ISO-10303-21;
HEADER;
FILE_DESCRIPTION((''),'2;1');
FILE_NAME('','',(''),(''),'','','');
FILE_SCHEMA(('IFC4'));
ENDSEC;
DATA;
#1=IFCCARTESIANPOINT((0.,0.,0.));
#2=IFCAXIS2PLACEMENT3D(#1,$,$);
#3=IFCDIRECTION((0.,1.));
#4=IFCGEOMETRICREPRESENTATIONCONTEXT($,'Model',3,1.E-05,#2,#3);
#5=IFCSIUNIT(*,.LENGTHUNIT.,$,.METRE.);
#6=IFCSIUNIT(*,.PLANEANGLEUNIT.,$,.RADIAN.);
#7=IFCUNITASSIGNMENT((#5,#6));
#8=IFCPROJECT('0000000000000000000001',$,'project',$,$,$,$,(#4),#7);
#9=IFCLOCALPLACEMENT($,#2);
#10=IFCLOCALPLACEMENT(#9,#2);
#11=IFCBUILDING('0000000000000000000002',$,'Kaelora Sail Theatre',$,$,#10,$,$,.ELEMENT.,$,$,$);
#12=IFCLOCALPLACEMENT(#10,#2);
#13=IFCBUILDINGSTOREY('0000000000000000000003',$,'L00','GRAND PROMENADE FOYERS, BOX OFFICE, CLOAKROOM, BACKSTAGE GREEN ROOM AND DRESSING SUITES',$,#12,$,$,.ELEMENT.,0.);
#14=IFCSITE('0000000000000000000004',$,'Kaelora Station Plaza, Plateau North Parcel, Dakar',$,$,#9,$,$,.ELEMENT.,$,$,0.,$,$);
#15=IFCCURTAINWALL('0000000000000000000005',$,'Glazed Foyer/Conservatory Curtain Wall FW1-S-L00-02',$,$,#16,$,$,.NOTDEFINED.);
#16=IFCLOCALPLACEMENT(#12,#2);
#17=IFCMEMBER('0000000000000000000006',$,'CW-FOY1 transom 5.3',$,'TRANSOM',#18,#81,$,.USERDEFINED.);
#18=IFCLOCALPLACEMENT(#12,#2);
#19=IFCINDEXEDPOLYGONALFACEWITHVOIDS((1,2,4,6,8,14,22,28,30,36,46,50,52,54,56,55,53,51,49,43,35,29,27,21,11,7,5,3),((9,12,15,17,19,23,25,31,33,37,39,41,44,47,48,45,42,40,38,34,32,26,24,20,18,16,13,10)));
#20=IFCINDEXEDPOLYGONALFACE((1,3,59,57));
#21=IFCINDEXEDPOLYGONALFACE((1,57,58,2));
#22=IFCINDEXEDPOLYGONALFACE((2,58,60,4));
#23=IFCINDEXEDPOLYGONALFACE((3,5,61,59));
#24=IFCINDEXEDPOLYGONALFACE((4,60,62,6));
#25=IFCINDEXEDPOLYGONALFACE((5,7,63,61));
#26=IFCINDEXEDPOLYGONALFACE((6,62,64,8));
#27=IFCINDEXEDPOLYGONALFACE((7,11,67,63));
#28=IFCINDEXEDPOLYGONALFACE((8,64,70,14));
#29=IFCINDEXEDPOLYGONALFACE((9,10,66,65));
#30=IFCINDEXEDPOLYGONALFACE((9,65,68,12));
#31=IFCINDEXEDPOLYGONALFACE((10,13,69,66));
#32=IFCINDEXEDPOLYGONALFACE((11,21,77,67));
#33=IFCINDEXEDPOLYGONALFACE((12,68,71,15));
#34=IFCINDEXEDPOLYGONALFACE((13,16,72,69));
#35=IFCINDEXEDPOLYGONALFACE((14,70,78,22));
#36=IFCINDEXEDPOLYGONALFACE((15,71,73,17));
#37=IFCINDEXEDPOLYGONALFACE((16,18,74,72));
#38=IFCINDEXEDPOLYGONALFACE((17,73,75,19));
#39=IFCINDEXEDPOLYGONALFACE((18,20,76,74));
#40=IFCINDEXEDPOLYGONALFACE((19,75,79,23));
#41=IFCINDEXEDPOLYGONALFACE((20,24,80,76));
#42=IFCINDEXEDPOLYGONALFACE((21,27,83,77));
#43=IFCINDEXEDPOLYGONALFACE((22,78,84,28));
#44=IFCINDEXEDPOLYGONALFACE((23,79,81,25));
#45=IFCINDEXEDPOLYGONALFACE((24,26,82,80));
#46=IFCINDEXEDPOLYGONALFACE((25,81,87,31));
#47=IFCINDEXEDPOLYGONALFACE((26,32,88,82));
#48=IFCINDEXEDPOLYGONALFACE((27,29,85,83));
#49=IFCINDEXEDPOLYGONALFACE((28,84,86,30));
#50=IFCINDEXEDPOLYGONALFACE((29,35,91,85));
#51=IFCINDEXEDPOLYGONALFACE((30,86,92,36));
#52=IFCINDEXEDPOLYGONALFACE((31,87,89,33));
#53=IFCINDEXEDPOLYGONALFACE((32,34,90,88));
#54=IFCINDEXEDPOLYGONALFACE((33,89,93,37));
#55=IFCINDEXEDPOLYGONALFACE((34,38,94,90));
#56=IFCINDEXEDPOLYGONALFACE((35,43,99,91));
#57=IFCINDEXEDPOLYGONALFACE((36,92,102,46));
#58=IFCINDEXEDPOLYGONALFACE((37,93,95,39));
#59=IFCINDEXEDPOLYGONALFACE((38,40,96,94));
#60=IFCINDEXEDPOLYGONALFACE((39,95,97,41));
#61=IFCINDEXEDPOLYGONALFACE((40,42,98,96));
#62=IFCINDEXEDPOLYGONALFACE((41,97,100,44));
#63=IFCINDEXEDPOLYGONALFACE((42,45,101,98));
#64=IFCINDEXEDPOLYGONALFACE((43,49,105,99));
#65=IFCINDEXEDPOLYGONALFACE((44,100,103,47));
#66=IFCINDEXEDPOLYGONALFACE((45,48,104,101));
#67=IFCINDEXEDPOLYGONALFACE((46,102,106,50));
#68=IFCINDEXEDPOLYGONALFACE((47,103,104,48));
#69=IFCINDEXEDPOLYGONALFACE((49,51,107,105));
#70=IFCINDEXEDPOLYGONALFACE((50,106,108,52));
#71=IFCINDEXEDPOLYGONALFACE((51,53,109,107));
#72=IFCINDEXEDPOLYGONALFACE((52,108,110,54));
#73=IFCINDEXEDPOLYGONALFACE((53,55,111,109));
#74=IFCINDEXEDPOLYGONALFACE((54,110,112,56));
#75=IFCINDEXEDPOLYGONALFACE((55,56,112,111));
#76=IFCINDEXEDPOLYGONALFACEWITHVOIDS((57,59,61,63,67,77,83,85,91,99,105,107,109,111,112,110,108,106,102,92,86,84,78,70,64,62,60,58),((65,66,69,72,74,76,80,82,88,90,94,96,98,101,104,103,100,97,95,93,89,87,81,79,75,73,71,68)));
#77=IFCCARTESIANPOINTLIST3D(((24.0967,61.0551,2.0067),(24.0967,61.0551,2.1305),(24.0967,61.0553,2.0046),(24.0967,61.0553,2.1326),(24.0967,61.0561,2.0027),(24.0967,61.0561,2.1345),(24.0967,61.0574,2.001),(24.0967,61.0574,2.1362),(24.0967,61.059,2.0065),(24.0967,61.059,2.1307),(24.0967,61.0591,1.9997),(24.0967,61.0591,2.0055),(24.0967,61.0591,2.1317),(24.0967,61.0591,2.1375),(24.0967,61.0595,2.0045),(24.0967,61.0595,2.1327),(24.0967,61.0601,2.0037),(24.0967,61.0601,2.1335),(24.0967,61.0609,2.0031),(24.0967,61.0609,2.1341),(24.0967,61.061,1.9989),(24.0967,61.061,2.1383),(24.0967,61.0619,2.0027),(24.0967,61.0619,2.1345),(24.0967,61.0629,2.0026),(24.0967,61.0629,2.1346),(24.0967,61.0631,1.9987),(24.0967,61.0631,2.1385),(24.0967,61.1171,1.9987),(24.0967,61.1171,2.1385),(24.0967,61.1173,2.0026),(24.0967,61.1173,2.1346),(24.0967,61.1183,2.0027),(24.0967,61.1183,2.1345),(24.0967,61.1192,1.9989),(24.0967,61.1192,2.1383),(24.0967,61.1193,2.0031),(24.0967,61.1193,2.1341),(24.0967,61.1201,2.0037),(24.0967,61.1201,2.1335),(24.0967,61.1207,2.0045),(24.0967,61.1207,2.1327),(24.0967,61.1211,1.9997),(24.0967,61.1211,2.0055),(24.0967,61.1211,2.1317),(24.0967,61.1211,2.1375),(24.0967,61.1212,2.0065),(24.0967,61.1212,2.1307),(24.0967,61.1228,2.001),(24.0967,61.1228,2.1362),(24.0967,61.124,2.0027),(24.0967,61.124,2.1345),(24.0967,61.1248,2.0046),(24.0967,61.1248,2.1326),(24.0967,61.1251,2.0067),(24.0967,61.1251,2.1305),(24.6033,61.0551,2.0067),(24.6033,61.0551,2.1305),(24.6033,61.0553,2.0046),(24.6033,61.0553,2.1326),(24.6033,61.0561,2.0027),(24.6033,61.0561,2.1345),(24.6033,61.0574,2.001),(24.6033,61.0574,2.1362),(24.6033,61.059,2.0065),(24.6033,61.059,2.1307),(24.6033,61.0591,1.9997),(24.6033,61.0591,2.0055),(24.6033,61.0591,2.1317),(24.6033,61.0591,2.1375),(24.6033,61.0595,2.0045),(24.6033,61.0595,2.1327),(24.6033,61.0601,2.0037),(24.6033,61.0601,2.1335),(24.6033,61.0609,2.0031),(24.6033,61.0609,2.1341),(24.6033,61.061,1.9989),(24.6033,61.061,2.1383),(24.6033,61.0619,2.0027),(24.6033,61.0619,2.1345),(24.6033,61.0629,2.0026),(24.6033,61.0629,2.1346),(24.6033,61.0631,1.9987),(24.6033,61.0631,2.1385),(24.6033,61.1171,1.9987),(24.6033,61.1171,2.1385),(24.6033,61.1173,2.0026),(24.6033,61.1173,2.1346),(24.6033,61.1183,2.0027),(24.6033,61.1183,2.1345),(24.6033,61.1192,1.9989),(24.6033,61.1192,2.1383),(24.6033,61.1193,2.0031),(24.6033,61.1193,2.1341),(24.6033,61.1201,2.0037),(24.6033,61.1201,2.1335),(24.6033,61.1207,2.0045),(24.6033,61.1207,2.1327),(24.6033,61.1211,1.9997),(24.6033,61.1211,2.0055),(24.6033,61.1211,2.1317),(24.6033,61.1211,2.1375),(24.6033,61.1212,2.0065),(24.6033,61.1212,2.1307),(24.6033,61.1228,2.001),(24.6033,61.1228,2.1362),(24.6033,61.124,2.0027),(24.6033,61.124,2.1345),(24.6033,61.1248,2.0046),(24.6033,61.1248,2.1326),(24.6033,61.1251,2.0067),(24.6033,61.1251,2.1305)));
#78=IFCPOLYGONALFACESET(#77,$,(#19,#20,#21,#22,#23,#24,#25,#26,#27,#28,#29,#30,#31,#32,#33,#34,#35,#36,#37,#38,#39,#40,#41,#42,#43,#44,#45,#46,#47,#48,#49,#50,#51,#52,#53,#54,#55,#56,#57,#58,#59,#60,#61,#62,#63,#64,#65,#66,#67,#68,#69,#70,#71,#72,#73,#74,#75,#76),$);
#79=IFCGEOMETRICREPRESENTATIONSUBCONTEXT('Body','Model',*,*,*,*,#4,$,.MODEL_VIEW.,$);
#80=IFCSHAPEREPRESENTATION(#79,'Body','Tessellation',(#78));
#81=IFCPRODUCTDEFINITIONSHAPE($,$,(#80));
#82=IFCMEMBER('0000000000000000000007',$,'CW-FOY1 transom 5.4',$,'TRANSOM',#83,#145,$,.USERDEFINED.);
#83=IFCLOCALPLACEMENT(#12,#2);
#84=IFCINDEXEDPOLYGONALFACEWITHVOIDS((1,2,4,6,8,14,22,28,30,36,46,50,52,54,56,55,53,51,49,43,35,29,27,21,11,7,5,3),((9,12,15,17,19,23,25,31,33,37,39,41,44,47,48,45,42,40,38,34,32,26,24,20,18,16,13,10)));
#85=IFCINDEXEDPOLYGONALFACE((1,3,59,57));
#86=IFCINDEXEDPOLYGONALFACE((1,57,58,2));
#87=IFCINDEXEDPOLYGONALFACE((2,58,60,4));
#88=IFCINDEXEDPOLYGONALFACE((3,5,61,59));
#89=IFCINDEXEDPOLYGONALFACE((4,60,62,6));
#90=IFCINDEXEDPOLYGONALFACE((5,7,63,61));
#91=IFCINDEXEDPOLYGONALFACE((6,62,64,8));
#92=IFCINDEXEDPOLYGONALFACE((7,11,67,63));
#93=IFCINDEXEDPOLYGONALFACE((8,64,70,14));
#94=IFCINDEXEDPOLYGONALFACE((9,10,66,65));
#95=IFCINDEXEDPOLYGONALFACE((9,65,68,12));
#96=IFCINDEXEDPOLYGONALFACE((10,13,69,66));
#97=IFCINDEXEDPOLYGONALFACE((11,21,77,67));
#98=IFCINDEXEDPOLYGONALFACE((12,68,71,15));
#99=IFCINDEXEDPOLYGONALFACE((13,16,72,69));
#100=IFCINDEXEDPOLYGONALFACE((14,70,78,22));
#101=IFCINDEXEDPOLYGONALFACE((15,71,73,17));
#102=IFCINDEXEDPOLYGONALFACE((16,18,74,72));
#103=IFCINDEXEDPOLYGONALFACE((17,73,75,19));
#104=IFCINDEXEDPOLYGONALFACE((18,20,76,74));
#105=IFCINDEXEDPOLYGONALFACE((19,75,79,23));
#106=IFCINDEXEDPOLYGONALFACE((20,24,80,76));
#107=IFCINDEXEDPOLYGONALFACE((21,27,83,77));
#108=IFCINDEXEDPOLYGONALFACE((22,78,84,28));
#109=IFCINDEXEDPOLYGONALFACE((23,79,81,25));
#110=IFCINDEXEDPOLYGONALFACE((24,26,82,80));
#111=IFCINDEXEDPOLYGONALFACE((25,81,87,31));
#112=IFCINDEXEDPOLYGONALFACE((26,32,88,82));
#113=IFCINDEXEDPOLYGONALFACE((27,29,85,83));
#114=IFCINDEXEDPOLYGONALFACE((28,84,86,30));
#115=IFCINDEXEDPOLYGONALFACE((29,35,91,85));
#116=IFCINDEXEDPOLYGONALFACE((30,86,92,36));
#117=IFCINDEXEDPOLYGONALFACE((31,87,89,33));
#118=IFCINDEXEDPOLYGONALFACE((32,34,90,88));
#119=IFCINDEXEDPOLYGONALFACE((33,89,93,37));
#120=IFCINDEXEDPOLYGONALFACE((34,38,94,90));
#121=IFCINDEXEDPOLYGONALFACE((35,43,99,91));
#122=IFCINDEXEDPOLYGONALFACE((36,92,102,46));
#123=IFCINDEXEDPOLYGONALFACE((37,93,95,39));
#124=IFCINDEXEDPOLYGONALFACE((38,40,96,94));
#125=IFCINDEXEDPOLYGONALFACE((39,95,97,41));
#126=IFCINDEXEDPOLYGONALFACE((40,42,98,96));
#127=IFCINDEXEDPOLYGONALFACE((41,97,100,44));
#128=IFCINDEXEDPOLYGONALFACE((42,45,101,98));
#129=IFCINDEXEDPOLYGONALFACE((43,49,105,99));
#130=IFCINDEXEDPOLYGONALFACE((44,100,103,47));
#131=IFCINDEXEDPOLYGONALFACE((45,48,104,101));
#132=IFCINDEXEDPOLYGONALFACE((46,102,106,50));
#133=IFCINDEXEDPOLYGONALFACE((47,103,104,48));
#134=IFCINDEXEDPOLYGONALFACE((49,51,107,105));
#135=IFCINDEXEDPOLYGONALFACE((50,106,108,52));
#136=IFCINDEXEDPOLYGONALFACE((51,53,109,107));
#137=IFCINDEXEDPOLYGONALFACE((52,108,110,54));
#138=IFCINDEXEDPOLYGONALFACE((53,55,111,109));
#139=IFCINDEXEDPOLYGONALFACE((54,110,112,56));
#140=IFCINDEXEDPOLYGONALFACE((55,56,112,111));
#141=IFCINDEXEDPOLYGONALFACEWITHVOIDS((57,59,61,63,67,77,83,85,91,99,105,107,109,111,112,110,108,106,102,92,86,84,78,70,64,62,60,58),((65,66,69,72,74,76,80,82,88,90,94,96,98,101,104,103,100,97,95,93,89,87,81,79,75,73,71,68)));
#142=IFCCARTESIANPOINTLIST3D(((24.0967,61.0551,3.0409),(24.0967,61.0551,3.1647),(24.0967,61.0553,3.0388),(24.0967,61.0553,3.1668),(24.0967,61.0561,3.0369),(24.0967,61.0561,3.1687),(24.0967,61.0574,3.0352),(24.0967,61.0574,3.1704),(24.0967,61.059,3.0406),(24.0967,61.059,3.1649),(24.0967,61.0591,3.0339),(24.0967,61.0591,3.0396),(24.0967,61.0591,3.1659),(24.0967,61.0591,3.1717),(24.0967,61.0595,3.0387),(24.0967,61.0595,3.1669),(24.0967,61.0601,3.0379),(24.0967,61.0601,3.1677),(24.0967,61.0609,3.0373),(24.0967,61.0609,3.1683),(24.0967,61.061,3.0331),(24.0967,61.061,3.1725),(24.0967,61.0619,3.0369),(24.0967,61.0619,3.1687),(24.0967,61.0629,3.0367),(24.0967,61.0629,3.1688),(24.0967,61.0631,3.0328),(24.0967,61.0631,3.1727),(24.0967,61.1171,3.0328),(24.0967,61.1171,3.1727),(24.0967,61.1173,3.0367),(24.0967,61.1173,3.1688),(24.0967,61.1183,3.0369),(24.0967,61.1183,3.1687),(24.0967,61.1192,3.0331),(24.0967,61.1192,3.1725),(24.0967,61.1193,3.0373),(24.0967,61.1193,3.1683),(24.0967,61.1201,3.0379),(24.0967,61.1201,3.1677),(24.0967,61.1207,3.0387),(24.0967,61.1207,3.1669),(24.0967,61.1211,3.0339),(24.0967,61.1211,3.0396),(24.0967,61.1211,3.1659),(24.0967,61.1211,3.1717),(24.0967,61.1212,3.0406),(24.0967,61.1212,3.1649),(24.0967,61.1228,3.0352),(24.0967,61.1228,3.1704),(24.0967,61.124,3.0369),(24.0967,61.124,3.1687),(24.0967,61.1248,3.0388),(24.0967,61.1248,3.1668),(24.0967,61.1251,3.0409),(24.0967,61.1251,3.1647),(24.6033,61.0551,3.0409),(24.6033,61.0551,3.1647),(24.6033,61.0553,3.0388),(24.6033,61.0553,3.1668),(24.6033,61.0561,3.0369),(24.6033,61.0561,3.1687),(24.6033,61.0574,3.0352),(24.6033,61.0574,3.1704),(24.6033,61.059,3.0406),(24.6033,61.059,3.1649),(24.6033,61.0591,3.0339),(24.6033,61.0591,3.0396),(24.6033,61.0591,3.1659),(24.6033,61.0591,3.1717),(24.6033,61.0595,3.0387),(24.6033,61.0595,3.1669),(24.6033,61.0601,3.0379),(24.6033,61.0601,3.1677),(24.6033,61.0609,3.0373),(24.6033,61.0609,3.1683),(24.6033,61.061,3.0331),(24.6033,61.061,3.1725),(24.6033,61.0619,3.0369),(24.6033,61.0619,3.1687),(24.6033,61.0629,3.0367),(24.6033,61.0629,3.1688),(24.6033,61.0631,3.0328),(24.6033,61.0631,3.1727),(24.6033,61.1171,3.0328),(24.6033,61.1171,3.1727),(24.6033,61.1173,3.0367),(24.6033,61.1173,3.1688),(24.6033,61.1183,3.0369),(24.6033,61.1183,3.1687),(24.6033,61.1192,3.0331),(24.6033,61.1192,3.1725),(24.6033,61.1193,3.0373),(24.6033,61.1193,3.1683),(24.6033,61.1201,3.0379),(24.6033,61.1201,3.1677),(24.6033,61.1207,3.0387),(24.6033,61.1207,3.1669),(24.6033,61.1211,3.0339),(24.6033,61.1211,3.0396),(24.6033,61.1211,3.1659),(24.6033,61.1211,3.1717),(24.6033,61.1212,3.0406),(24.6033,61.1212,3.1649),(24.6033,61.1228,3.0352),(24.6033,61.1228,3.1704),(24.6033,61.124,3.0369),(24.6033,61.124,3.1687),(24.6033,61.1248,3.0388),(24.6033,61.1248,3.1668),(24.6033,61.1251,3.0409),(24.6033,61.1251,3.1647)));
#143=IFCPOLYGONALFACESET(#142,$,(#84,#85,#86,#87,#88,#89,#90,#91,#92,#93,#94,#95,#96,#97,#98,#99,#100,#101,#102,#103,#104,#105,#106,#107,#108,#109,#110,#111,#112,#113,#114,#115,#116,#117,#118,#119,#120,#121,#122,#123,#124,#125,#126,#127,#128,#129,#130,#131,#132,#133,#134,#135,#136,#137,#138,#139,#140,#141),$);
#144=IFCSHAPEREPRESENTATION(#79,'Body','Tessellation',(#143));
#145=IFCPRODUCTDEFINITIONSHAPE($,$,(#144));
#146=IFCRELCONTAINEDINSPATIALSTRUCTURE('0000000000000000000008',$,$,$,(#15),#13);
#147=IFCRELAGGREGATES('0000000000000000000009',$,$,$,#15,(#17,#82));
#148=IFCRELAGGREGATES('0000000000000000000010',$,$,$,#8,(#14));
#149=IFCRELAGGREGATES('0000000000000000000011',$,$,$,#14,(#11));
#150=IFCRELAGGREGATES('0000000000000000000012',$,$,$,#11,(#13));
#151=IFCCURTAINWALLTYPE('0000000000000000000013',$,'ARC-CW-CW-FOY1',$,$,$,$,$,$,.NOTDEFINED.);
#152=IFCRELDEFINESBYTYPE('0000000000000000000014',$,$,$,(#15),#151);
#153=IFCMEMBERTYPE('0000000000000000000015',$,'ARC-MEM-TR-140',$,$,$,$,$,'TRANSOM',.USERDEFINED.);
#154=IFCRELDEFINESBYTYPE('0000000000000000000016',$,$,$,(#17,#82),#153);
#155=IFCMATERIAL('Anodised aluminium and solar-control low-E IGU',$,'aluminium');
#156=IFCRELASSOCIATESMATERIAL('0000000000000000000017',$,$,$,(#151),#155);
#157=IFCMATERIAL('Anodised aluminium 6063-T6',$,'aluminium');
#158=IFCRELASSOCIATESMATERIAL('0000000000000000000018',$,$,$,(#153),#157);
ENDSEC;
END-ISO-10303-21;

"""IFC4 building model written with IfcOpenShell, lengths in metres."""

from ifc_helpers import new_model, si_unit, direction, frame, origin, origin_2d, place, context, subcontext, project, spatial, hollow_rectangle, extrude, material, material_profile, profile_set, type_object, element, aggregate, save


model = new_model("IFC4")

# Units and contexts
model_context = context("Model", 3, precision=1e-05, world=origin(), true_north=direction((0.0, 1.0)))
body_context = subcontext(model_context, "Body", "Model", "MODEL_VIEW")
ifc_project = project(units=[si_unit("LENGTHUNIT", "METRE"), si_unit("PLANEANGLEUNIT", "RADIAN")], contexts=[model_context])

# Site, building, storey
site_placement = place(None, origin())
site = spatial("IfcSite", under=ifc_project, at=site_placement, Name="Kaelora Station Plaza, Plateau North Parcel, Dakar", CompositionType="ELEMENT", RefElevation=0.0)
building_placement = place(site_placement, origin())
building = spatial("IfcBuilding", under=site, at=building_placement, Name="Kaelora Sail Theatre", CompositionType="ELEMENT")
storey_placement = place(building_placement, origin())
storey = spatial("IfcBuildingStorey", under=building, at=storey_placement, Name="L00", Description="GRAND PROMENADE FOYERS, BOX OFFICE, CLOAKROOM, BACKSTAGE GREEN ROOM AND DRESSING SUITES", CompositionType="ELEMENT", Elevation=0.0)

# Curtain wall, members
ifc_material_1 = material(Name="Anodised aluminium and solar-control low-E IGU", Category="aluminium")
curtain_wall_type = type_object("IfcCurtainWallType", Name="ARC-CW-CW-FOY1", PredefinedType="NOTDEFINED", material=ifc_material_1)
curtain_wall_placement = place(storey_placement, origin())
curtain_wall = element("IfcCurtainWall", 1, at=curtain_wall_placement, inside=storey, type_object=curtain_wall_type, Name="Glazed Foyer/Conservatory Curtain Wall FW1-S-L00-02", PredefinedType="NOTDEFINED")
ifc_material_2 = material(Name="Anodised aluminium 6063-T6", Category="aluminium")
ifc_material_profile = material_profile(ifc_material_2, hollow_rectangle(XDim=0.0701, YDim=0.1399, WallThickness=0.0039, InnerFilletRadius=0.0039, OuterFilletRadius=0.0081, at=origin_2d()), Name="ALU-TRAN 70x140x4")
ifc_profile_set = profile_set([ifc_material_profile], Name="Anodised aluminium 6063-T6")
member_type = type_object("IfcMemberType", Name="ARC-MEM-TR-140", ElementType="TRANSOM", PredefinedType="USERDEFINED", material=ifc_profile_set)
member_1_placement = place(storey_placement, frame((24.0967, 61.0901, 2.0686), z_axis=(1.0, 0.0, 0.0), x_axis=(0.0, 1.0, 0.0)))
member_1 = element("IfcMember", 2, at=member_1_placement, type_object=member_type, Name="CW-FOY1 transom 5.3", ObjectType="TRANSOM", PredefinedType="USERDEFINED", context=body_context, shape_type="SweptSolid", body=[
    extrude(hollow_rectangle(XDim=0.0701, YDim=0.1399, WallThickness=0.0039, InnerFilletRadius=0.0039, OuterFilletRadius=0.0081, at=origin_2d()), origin(), (0.0, 0.0, 1.0), 0.5066),
])
member_2_placement = place(storey_placement, frame((24.0967, 61.0901, 3.1028), z_axis=(1.0, 0.0, 0.0), x_axis=(0.0, 1.0, 0.0)))
member_2 = element("IfcMember", 3, at=member_2_placement, type_object=member_type, Name="CW-FOY1 transom 5.4", ObjectType="TRANSOM", PredefinedType="USERDEFINED", context=body_context, shape_type="SweptSolid", body=[
    extrude(hollow_rectangle(XDim=0.0701, YDim=0.1399, WallThickness=0.0039, InnerFilletRadius=0.0039, OuterFilletRadius=0.0081, at=origin_2d()), origin(), (0.0, 0.0, 1.0), 0.5066),
])
aggregate(curtain_wall, [member_1, member_2])

save(model, "model.ifc")
